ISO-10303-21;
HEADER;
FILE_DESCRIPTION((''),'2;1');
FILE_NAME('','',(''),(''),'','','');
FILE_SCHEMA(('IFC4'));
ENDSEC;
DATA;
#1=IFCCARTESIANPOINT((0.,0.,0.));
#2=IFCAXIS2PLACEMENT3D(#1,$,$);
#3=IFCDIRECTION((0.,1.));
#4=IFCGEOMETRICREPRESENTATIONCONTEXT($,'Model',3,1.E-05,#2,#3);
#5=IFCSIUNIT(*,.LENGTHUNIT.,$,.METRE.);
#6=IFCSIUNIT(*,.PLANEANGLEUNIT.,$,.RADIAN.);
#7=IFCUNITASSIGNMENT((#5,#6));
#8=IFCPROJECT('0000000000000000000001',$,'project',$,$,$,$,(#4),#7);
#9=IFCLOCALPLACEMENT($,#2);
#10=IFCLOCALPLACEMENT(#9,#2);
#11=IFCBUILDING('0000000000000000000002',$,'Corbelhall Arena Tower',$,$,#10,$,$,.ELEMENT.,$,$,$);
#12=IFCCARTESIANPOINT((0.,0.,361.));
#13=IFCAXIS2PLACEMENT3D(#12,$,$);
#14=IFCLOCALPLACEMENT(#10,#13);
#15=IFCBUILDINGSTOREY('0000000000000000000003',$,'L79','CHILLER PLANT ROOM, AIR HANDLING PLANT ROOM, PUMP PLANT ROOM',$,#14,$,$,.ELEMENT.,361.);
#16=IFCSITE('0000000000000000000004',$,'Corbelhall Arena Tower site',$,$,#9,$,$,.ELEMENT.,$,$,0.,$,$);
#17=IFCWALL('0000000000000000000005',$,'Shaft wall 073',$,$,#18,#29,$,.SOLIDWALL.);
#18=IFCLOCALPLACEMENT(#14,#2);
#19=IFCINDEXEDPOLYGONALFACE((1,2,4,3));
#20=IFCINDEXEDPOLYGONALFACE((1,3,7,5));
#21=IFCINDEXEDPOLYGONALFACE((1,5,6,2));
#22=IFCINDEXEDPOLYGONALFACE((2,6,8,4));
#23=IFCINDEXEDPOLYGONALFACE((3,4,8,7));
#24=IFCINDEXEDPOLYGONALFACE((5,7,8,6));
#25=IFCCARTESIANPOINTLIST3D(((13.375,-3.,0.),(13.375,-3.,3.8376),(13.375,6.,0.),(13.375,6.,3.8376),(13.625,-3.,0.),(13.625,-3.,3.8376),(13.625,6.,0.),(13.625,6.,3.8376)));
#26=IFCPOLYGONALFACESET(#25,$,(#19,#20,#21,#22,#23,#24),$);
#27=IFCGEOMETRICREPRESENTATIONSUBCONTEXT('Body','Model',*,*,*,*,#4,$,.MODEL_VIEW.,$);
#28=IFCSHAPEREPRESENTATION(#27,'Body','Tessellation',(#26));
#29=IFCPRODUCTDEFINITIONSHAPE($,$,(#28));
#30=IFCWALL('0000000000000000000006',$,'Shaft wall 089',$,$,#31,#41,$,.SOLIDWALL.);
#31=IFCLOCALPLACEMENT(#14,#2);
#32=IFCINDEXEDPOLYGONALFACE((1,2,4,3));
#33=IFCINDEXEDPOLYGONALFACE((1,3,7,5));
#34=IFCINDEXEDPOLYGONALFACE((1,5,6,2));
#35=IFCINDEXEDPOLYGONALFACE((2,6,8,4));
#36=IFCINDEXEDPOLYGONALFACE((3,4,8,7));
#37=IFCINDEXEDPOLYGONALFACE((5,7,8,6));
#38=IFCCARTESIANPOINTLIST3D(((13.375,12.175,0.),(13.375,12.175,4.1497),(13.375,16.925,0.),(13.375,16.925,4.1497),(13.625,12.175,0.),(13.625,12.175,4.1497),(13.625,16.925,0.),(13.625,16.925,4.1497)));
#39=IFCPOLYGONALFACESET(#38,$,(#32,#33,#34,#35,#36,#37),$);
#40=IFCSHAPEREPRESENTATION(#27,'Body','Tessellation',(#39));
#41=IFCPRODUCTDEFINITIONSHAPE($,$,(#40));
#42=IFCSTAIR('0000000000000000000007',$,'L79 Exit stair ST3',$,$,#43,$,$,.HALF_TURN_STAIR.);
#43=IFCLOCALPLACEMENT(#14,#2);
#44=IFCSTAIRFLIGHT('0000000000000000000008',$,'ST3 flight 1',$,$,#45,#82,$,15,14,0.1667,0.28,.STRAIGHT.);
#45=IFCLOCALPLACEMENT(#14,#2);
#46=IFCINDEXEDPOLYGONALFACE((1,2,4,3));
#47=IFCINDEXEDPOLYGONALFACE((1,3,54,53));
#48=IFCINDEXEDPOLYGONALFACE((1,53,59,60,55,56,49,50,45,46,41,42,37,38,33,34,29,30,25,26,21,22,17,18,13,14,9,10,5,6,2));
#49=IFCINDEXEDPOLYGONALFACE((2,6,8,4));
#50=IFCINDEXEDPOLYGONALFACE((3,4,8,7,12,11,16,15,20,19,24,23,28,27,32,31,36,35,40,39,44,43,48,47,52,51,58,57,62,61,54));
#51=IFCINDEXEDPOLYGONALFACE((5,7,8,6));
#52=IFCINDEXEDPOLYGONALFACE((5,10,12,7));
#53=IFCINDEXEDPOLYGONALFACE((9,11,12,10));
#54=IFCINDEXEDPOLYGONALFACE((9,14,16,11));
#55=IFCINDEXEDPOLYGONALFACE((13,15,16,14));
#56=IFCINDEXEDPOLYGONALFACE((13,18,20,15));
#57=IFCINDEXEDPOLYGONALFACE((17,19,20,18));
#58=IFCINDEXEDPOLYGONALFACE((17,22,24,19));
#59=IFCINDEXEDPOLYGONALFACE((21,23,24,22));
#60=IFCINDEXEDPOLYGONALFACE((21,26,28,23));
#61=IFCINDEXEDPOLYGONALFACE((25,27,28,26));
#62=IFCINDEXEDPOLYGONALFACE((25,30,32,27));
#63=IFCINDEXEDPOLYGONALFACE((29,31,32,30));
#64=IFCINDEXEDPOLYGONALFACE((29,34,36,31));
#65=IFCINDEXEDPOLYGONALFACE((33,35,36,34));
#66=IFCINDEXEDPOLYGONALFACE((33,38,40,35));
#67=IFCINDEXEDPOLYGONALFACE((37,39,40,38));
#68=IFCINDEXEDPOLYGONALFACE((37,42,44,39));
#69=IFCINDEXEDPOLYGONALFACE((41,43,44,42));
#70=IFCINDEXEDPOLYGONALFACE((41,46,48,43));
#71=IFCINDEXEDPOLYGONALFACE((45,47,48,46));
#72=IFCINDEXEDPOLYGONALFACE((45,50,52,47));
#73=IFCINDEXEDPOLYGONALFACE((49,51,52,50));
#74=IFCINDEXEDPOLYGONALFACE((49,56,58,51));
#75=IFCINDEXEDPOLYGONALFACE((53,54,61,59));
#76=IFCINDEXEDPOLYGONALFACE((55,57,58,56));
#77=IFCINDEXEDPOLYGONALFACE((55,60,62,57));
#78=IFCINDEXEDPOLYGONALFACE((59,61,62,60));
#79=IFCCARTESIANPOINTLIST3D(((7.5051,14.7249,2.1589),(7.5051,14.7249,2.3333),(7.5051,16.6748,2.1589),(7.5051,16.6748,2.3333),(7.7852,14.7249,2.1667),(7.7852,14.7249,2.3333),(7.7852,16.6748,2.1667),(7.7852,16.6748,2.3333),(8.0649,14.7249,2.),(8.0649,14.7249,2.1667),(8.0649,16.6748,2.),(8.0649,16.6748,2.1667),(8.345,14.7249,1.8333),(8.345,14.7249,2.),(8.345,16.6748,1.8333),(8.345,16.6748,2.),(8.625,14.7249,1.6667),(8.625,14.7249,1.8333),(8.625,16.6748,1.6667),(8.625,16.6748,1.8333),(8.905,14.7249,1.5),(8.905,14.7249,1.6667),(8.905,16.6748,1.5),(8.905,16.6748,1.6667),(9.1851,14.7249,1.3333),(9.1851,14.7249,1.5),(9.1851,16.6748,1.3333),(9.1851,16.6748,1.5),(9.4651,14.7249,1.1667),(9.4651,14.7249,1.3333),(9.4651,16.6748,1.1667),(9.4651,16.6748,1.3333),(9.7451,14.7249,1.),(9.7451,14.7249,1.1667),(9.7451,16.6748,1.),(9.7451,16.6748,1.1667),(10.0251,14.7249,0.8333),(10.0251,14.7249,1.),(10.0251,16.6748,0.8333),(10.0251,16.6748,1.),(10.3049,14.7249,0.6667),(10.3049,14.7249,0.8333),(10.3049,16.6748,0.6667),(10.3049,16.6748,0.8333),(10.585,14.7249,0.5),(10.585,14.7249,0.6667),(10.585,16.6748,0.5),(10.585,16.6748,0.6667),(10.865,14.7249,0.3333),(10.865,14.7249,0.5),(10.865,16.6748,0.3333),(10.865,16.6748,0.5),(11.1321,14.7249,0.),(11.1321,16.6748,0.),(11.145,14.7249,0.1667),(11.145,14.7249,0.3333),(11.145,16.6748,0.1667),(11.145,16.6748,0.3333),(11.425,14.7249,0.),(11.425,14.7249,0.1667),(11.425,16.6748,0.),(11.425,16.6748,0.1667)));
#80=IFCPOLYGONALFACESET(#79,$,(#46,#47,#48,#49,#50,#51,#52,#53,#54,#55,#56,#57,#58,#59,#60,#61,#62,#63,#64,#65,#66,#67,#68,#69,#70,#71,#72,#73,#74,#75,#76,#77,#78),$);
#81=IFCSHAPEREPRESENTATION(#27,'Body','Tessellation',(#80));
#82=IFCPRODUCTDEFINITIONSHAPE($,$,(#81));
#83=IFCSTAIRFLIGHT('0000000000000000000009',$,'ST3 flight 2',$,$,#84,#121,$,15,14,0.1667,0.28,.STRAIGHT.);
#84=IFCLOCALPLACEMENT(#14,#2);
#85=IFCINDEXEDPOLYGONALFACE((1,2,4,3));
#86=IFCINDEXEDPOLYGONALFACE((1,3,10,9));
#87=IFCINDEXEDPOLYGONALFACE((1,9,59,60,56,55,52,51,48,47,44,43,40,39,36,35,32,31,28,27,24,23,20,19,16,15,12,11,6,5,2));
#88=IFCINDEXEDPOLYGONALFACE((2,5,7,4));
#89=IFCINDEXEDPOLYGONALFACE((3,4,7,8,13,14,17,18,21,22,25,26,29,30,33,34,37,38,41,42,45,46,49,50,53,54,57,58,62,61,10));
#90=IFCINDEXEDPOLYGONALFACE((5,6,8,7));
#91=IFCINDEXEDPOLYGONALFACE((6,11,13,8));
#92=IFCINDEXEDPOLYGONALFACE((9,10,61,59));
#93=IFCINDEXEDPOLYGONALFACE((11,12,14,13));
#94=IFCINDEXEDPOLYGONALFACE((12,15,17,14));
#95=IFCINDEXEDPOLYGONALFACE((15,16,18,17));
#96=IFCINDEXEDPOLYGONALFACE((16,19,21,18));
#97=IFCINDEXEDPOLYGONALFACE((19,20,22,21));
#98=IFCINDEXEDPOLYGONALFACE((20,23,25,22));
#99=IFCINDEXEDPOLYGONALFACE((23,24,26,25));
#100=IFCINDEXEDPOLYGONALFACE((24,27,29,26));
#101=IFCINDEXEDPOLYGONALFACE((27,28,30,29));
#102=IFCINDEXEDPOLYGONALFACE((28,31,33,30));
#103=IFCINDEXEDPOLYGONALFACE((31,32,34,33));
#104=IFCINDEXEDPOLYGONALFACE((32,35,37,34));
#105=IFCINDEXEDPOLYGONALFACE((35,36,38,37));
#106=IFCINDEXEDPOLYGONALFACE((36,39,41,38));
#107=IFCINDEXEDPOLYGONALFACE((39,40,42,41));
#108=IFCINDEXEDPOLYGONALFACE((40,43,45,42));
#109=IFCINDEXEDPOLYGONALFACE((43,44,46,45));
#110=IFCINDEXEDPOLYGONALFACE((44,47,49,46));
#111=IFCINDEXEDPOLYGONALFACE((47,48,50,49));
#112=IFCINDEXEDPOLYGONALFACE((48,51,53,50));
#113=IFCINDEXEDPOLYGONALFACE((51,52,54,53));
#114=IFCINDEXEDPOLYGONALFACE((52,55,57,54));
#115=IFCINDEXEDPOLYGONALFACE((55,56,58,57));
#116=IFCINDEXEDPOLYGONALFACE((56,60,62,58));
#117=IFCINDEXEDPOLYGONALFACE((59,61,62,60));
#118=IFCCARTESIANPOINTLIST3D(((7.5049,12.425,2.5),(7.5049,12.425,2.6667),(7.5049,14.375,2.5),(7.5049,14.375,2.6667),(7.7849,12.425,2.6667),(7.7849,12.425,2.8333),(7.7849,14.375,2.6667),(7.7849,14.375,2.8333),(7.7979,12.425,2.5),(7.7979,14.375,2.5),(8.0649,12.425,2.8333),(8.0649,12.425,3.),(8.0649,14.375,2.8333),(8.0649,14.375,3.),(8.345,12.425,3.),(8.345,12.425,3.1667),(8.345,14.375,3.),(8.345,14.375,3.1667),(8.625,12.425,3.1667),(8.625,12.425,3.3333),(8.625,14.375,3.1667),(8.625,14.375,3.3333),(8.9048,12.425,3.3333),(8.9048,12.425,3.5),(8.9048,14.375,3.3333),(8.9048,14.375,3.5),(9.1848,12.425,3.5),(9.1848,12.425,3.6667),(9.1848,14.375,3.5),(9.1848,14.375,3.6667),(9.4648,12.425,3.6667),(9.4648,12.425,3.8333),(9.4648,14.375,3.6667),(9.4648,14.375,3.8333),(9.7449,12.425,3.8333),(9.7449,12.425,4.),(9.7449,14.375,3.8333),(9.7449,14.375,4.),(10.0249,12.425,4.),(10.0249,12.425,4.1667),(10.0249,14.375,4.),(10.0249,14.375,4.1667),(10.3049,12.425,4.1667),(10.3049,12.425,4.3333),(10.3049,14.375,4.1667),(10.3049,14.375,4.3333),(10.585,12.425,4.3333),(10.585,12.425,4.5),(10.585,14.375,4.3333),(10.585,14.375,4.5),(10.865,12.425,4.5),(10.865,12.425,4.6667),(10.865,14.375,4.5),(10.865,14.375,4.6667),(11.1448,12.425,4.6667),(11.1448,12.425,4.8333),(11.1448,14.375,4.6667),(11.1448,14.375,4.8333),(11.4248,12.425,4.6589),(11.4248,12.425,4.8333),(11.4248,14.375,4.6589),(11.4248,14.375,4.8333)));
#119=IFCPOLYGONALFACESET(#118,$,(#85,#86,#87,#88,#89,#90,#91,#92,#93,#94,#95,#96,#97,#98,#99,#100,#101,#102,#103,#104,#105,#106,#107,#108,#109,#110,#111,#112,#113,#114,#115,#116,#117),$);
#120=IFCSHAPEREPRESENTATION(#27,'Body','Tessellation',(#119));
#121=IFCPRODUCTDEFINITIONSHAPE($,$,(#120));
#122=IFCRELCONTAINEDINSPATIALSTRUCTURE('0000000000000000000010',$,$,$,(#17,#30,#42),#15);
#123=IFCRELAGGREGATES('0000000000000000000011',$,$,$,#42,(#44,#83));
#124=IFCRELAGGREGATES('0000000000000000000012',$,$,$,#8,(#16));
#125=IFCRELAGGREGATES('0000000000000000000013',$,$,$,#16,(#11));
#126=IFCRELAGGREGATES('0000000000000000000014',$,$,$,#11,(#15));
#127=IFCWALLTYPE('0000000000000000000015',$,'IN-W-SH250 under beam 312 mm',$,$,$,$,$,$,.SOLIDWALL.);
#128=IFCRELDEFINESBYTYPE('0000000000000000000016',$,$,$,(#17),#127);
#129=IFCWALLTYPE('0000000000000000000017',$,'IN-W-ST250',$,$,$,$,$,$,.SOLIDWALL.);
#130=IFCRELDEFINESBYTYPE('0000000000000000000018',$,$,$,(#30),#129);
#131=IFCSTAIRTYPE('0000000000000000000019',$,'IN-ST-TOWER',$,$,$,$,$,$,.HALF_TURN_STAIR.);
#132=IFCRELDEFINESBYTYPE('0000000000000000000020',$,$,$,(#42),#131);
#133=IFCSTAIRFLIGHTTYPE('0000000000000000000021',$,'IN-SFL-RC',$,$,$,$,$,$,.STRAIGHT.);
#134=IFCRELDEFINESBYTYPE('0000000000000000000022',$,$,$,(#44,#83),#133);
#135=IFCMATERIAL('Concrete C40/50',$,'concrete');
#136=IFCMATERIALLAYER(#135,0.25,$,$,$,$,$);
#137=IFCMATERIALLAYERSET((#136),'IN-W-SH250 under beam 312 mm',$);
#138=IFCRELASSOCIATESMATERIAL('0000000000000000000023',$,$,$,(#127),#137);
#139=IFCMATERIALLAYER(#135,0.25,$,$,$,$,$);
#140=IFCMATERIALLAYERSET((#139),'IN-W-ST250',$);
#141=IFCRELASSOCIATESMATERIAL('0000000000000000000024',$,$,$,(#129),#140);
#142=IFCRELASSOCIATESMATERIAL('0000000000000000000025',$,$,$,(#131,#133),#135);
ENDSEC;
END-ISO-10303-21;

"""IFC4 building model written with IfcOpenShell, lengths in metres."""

from ifc_helpers import new_model, si_unit, direction, frame, frame_2d, origin, place, context, subcontext, project, spatial, polyline, rectangle, outline, extrude, material, layer, layer_set, type_object, element, aggregate, save


model = new_model("IFC4")

# Units and contexts
model_context = context("Model", 3, precision=1e-05, world=origin(), true_north=direction((0.0, 1.0)))
body_context = subcontext(model_context, "Body", "Model", "MODEL_VIEW")
ifc_project = project(units=[si_unit("LENGTHUNIT", "METRE"), si_unit("PLANEANGLEUNIT", "RADIAN")], contexts=[model_context])

# Site, building, storey
site_placement = place(None, origin())
site = spatial("IfcSite", under=ifc_project, at=site_placement, Name="Corbelhall Arena Tower site", CompositionType="ELEMENT", RefElevation=0.0)
building_placement = place(site_placement, origin())
building = spatial("IfcBuilding", under=site, at=building_placement, Name="Corbelhall Arena Tower", CompositionType="ELEMENT")
storey_placement = place(building_placement, frame((0.0, 0.0, 361.0)))
storey = spatial("IfcBuildingStorey", under=building, at=storey_placement, Name="L79", Description="CHILLER PLANT ROOM, AIR HANDLING PLANT ROOM, PUMP PLANT ROOM", CompositionType="ELEMENT", Elevation=361.0)

# Shared definitions
ifc_material_1 = material(Name="Concrete C40/50", Category="concrete")

# Walls
ifc_layer_1 = layer(ifc_material_1, 0.25)
ifc_layer_set_1 = layer_set([ifc_layer_1], Name="IN-W-SH250 under beam 312 mm")
wall_type_1 = type_object("IfcWallType", Name="IN-W-SH250 under beam 312 mm", PredefinedType="SOLIDWALL", material=ifc_layer_set_1)
wall_1_placement = place(storey_placement, frame((13.5, 6.0, 0.0), z_axis=(0.0, 0.0, 1.0), x_axis=(0.0, -1.0, 0.0)))
element("IfcWall", 1, at=wall_1_placement, inside=storey, type_object=wall_type_1, Name="Shaft wall 073", PredefinedType="SOLIDWALL", context=body_context, shape_type="SweptSolid", body=[
    extrude(rectangle(XDim=9.0, YDim=0.25, at=frame_2d((4.5, 0.0))), origin(), (0.0, 0.0, 1.0), 3.8376),
])
ifc_layer_2 = layer(ifc_material_1, 0.25)
ifc_layer_set_2 = layer_set([ifc_layer_2], Name="IN-W-ST250")
wall_type_2 = type_object("IfcWallType", Name="IN-W-ST250", PredefinedType="SOLIDWALL", material=ifc_layer_set_2)
wall_2_placement = place(storey_placement, frame((13.5, 12.175, 0.0), z_axis=(0.0, 0.0, 1.0), x_axis=(0.0, 1.0, 0.0)))
element("IfcWall", 2, at=wall_2_placement, inside=storey, type_object=wall_type_2, Name="Shaft wall 089", PredefinedType="SOLIDWALL", context=body_context, shape_type="SweptSolid", body=[
    extrude(rectangle(XDim=4.75, YDim=0.25, at=frame_2d((2.375, 0.0))), origin(), (0.0, 0.0, 1.0), 4.1497),
])

# Stair, stair flights
stair_type = type_object("IfcStairType", Name="IN-ST-TOWER", PredefinedType="HALF_TURN_STAIR", material=ifc_material_1)
stair_placement = place(storey_placement, origin())
stair = element("IfcStair", 3, at=stair_placement, inside=storey, type_object=stair_type, Name="L79 Exit stair ST3", PredefinedType="HALF_TURN_STAIR")
stair_flight_type = type_object("IfcStairFlightType", Name="IN-SFL-RC", PredefinedType="STRAIGHT", material=ifc_material_1)
stair_flight_1_placement = place(storey_placement, frame((11.425, 15.7, 0.0), z_axis=(0.0, 0.0, 1.0), x_axis=(-1.0, 0.0, 0.0)))
stair_flight_1 = element("IfcStairFlight", 4, at=stair_flight_1_placement, type_object=stair_flight_type, Name="ST3 flight 1", NumberOfRisers=15, NumberOfTreads=14, PredefinedType="STRAIGHT", RiserHeight=0.1667, TreadLength=0.28, context=body_context, shape_type="SweptSolid", body=[
    extrude(outline(polyline([(0.0, 0.0), (0.0, 0.1667), (0.28, 0.1667), (0.28, 0.3333), (0.5601, 0.3333), (0.5601, 0.5), (0.8401, 0.5), (0.8401, 0.6667), (1.1201, 0.6667), (1.1201, 0.8333), (1.3999, 0.8333), (1.3999, 1.0), (1.6799, 1.0), (1.6799, 1.1667), (1.96, 1.1667), (1.96, 1.3333), (2.24, 1.3333), (2.24, 1.5), (2.52, 1.5), (2.52, 1.6667), (2.8, 1.6667), (2.8, 1.8333), (3.0801, 1.8333), (3.0801, 2.0), (3.3601, 2.0), (3.3601, 2.1667), (3.6399, 2.1667), (3.6399, 2.3333), (3.9199, 2.3333), (3.9199, 2.5), (3.9199, 2.1589), (0.293, 0.0), (0.0, 0.0)])), frame((0.0, 0.9751, 0.0), z_axis=(0.0, -1.0, 0.0), x_axis=(1.0, 0.0, 0.0)), (0.0, 0.0, 1.0), 1.95),
])
stair_flight_2_placement = place(storey_placement, frame((7.5049, 13.3999, 2.5), z_axis=(0.0, 0.0, 1.0), x_axis=(1.0, 0.0, 0.0)))
stair_flight_2 = element("IfcStairFlight", 5, at=stair_flight_2_placement, type_object=stair_flight_type, Name="ST3 flight 2", NumberOfRisers=15, NumberOfTreads=14, PredefinedType="STRAIGHT", RiserHeight=0.1667, TreadLength=0.28, context=body_context, shape_type="SweptSolid", body=[
    extrude(outline(polyline([(0.0, 0.0), (0.0, 0.1667), (0.28, 0.1667), (0.28, 0.3333), (0.5601, 0.3333), (0.5601, 0.5), (0.8401, 0.5), (0.8401, 0.6667), (1.1201, 0.6667), (1.1201, 0.8333), (1.3999, 0.8333), (1.3999, 1.0), (1.6799, 1.0), (1.6799, 1.1667), (1.96, 1.1667), (1.96, 1.3333), (2.24, 1.3333), (2.24, 1.5), (2.52, 1.5), (2.52, 1.6667), (2.8, 1.6667), (2.8, 1.8333), (3.0801, 1.8333), (3.0801, 2.0), (3.3601, 2.0), (3.3601, 2.1667), (3.6399, 2.1667), (3.6399, 2.3333), (3.9199, 2.3333), (3.9199, 2.5), (3.9199, 2.1589), (0.293, 0.0), (0.0, 0.0)])), frame((0.0, 0.9751, 0.0), z_axis=(0.0, -1.0, 0.0), x_axis=(1.0, 0.0, 0.0)), (0.0, 0.0, 1.0), 1.95),
])
aggregate(stair, [stair_flight_1, stair_flight_2])

save(model, "model.ifc")
